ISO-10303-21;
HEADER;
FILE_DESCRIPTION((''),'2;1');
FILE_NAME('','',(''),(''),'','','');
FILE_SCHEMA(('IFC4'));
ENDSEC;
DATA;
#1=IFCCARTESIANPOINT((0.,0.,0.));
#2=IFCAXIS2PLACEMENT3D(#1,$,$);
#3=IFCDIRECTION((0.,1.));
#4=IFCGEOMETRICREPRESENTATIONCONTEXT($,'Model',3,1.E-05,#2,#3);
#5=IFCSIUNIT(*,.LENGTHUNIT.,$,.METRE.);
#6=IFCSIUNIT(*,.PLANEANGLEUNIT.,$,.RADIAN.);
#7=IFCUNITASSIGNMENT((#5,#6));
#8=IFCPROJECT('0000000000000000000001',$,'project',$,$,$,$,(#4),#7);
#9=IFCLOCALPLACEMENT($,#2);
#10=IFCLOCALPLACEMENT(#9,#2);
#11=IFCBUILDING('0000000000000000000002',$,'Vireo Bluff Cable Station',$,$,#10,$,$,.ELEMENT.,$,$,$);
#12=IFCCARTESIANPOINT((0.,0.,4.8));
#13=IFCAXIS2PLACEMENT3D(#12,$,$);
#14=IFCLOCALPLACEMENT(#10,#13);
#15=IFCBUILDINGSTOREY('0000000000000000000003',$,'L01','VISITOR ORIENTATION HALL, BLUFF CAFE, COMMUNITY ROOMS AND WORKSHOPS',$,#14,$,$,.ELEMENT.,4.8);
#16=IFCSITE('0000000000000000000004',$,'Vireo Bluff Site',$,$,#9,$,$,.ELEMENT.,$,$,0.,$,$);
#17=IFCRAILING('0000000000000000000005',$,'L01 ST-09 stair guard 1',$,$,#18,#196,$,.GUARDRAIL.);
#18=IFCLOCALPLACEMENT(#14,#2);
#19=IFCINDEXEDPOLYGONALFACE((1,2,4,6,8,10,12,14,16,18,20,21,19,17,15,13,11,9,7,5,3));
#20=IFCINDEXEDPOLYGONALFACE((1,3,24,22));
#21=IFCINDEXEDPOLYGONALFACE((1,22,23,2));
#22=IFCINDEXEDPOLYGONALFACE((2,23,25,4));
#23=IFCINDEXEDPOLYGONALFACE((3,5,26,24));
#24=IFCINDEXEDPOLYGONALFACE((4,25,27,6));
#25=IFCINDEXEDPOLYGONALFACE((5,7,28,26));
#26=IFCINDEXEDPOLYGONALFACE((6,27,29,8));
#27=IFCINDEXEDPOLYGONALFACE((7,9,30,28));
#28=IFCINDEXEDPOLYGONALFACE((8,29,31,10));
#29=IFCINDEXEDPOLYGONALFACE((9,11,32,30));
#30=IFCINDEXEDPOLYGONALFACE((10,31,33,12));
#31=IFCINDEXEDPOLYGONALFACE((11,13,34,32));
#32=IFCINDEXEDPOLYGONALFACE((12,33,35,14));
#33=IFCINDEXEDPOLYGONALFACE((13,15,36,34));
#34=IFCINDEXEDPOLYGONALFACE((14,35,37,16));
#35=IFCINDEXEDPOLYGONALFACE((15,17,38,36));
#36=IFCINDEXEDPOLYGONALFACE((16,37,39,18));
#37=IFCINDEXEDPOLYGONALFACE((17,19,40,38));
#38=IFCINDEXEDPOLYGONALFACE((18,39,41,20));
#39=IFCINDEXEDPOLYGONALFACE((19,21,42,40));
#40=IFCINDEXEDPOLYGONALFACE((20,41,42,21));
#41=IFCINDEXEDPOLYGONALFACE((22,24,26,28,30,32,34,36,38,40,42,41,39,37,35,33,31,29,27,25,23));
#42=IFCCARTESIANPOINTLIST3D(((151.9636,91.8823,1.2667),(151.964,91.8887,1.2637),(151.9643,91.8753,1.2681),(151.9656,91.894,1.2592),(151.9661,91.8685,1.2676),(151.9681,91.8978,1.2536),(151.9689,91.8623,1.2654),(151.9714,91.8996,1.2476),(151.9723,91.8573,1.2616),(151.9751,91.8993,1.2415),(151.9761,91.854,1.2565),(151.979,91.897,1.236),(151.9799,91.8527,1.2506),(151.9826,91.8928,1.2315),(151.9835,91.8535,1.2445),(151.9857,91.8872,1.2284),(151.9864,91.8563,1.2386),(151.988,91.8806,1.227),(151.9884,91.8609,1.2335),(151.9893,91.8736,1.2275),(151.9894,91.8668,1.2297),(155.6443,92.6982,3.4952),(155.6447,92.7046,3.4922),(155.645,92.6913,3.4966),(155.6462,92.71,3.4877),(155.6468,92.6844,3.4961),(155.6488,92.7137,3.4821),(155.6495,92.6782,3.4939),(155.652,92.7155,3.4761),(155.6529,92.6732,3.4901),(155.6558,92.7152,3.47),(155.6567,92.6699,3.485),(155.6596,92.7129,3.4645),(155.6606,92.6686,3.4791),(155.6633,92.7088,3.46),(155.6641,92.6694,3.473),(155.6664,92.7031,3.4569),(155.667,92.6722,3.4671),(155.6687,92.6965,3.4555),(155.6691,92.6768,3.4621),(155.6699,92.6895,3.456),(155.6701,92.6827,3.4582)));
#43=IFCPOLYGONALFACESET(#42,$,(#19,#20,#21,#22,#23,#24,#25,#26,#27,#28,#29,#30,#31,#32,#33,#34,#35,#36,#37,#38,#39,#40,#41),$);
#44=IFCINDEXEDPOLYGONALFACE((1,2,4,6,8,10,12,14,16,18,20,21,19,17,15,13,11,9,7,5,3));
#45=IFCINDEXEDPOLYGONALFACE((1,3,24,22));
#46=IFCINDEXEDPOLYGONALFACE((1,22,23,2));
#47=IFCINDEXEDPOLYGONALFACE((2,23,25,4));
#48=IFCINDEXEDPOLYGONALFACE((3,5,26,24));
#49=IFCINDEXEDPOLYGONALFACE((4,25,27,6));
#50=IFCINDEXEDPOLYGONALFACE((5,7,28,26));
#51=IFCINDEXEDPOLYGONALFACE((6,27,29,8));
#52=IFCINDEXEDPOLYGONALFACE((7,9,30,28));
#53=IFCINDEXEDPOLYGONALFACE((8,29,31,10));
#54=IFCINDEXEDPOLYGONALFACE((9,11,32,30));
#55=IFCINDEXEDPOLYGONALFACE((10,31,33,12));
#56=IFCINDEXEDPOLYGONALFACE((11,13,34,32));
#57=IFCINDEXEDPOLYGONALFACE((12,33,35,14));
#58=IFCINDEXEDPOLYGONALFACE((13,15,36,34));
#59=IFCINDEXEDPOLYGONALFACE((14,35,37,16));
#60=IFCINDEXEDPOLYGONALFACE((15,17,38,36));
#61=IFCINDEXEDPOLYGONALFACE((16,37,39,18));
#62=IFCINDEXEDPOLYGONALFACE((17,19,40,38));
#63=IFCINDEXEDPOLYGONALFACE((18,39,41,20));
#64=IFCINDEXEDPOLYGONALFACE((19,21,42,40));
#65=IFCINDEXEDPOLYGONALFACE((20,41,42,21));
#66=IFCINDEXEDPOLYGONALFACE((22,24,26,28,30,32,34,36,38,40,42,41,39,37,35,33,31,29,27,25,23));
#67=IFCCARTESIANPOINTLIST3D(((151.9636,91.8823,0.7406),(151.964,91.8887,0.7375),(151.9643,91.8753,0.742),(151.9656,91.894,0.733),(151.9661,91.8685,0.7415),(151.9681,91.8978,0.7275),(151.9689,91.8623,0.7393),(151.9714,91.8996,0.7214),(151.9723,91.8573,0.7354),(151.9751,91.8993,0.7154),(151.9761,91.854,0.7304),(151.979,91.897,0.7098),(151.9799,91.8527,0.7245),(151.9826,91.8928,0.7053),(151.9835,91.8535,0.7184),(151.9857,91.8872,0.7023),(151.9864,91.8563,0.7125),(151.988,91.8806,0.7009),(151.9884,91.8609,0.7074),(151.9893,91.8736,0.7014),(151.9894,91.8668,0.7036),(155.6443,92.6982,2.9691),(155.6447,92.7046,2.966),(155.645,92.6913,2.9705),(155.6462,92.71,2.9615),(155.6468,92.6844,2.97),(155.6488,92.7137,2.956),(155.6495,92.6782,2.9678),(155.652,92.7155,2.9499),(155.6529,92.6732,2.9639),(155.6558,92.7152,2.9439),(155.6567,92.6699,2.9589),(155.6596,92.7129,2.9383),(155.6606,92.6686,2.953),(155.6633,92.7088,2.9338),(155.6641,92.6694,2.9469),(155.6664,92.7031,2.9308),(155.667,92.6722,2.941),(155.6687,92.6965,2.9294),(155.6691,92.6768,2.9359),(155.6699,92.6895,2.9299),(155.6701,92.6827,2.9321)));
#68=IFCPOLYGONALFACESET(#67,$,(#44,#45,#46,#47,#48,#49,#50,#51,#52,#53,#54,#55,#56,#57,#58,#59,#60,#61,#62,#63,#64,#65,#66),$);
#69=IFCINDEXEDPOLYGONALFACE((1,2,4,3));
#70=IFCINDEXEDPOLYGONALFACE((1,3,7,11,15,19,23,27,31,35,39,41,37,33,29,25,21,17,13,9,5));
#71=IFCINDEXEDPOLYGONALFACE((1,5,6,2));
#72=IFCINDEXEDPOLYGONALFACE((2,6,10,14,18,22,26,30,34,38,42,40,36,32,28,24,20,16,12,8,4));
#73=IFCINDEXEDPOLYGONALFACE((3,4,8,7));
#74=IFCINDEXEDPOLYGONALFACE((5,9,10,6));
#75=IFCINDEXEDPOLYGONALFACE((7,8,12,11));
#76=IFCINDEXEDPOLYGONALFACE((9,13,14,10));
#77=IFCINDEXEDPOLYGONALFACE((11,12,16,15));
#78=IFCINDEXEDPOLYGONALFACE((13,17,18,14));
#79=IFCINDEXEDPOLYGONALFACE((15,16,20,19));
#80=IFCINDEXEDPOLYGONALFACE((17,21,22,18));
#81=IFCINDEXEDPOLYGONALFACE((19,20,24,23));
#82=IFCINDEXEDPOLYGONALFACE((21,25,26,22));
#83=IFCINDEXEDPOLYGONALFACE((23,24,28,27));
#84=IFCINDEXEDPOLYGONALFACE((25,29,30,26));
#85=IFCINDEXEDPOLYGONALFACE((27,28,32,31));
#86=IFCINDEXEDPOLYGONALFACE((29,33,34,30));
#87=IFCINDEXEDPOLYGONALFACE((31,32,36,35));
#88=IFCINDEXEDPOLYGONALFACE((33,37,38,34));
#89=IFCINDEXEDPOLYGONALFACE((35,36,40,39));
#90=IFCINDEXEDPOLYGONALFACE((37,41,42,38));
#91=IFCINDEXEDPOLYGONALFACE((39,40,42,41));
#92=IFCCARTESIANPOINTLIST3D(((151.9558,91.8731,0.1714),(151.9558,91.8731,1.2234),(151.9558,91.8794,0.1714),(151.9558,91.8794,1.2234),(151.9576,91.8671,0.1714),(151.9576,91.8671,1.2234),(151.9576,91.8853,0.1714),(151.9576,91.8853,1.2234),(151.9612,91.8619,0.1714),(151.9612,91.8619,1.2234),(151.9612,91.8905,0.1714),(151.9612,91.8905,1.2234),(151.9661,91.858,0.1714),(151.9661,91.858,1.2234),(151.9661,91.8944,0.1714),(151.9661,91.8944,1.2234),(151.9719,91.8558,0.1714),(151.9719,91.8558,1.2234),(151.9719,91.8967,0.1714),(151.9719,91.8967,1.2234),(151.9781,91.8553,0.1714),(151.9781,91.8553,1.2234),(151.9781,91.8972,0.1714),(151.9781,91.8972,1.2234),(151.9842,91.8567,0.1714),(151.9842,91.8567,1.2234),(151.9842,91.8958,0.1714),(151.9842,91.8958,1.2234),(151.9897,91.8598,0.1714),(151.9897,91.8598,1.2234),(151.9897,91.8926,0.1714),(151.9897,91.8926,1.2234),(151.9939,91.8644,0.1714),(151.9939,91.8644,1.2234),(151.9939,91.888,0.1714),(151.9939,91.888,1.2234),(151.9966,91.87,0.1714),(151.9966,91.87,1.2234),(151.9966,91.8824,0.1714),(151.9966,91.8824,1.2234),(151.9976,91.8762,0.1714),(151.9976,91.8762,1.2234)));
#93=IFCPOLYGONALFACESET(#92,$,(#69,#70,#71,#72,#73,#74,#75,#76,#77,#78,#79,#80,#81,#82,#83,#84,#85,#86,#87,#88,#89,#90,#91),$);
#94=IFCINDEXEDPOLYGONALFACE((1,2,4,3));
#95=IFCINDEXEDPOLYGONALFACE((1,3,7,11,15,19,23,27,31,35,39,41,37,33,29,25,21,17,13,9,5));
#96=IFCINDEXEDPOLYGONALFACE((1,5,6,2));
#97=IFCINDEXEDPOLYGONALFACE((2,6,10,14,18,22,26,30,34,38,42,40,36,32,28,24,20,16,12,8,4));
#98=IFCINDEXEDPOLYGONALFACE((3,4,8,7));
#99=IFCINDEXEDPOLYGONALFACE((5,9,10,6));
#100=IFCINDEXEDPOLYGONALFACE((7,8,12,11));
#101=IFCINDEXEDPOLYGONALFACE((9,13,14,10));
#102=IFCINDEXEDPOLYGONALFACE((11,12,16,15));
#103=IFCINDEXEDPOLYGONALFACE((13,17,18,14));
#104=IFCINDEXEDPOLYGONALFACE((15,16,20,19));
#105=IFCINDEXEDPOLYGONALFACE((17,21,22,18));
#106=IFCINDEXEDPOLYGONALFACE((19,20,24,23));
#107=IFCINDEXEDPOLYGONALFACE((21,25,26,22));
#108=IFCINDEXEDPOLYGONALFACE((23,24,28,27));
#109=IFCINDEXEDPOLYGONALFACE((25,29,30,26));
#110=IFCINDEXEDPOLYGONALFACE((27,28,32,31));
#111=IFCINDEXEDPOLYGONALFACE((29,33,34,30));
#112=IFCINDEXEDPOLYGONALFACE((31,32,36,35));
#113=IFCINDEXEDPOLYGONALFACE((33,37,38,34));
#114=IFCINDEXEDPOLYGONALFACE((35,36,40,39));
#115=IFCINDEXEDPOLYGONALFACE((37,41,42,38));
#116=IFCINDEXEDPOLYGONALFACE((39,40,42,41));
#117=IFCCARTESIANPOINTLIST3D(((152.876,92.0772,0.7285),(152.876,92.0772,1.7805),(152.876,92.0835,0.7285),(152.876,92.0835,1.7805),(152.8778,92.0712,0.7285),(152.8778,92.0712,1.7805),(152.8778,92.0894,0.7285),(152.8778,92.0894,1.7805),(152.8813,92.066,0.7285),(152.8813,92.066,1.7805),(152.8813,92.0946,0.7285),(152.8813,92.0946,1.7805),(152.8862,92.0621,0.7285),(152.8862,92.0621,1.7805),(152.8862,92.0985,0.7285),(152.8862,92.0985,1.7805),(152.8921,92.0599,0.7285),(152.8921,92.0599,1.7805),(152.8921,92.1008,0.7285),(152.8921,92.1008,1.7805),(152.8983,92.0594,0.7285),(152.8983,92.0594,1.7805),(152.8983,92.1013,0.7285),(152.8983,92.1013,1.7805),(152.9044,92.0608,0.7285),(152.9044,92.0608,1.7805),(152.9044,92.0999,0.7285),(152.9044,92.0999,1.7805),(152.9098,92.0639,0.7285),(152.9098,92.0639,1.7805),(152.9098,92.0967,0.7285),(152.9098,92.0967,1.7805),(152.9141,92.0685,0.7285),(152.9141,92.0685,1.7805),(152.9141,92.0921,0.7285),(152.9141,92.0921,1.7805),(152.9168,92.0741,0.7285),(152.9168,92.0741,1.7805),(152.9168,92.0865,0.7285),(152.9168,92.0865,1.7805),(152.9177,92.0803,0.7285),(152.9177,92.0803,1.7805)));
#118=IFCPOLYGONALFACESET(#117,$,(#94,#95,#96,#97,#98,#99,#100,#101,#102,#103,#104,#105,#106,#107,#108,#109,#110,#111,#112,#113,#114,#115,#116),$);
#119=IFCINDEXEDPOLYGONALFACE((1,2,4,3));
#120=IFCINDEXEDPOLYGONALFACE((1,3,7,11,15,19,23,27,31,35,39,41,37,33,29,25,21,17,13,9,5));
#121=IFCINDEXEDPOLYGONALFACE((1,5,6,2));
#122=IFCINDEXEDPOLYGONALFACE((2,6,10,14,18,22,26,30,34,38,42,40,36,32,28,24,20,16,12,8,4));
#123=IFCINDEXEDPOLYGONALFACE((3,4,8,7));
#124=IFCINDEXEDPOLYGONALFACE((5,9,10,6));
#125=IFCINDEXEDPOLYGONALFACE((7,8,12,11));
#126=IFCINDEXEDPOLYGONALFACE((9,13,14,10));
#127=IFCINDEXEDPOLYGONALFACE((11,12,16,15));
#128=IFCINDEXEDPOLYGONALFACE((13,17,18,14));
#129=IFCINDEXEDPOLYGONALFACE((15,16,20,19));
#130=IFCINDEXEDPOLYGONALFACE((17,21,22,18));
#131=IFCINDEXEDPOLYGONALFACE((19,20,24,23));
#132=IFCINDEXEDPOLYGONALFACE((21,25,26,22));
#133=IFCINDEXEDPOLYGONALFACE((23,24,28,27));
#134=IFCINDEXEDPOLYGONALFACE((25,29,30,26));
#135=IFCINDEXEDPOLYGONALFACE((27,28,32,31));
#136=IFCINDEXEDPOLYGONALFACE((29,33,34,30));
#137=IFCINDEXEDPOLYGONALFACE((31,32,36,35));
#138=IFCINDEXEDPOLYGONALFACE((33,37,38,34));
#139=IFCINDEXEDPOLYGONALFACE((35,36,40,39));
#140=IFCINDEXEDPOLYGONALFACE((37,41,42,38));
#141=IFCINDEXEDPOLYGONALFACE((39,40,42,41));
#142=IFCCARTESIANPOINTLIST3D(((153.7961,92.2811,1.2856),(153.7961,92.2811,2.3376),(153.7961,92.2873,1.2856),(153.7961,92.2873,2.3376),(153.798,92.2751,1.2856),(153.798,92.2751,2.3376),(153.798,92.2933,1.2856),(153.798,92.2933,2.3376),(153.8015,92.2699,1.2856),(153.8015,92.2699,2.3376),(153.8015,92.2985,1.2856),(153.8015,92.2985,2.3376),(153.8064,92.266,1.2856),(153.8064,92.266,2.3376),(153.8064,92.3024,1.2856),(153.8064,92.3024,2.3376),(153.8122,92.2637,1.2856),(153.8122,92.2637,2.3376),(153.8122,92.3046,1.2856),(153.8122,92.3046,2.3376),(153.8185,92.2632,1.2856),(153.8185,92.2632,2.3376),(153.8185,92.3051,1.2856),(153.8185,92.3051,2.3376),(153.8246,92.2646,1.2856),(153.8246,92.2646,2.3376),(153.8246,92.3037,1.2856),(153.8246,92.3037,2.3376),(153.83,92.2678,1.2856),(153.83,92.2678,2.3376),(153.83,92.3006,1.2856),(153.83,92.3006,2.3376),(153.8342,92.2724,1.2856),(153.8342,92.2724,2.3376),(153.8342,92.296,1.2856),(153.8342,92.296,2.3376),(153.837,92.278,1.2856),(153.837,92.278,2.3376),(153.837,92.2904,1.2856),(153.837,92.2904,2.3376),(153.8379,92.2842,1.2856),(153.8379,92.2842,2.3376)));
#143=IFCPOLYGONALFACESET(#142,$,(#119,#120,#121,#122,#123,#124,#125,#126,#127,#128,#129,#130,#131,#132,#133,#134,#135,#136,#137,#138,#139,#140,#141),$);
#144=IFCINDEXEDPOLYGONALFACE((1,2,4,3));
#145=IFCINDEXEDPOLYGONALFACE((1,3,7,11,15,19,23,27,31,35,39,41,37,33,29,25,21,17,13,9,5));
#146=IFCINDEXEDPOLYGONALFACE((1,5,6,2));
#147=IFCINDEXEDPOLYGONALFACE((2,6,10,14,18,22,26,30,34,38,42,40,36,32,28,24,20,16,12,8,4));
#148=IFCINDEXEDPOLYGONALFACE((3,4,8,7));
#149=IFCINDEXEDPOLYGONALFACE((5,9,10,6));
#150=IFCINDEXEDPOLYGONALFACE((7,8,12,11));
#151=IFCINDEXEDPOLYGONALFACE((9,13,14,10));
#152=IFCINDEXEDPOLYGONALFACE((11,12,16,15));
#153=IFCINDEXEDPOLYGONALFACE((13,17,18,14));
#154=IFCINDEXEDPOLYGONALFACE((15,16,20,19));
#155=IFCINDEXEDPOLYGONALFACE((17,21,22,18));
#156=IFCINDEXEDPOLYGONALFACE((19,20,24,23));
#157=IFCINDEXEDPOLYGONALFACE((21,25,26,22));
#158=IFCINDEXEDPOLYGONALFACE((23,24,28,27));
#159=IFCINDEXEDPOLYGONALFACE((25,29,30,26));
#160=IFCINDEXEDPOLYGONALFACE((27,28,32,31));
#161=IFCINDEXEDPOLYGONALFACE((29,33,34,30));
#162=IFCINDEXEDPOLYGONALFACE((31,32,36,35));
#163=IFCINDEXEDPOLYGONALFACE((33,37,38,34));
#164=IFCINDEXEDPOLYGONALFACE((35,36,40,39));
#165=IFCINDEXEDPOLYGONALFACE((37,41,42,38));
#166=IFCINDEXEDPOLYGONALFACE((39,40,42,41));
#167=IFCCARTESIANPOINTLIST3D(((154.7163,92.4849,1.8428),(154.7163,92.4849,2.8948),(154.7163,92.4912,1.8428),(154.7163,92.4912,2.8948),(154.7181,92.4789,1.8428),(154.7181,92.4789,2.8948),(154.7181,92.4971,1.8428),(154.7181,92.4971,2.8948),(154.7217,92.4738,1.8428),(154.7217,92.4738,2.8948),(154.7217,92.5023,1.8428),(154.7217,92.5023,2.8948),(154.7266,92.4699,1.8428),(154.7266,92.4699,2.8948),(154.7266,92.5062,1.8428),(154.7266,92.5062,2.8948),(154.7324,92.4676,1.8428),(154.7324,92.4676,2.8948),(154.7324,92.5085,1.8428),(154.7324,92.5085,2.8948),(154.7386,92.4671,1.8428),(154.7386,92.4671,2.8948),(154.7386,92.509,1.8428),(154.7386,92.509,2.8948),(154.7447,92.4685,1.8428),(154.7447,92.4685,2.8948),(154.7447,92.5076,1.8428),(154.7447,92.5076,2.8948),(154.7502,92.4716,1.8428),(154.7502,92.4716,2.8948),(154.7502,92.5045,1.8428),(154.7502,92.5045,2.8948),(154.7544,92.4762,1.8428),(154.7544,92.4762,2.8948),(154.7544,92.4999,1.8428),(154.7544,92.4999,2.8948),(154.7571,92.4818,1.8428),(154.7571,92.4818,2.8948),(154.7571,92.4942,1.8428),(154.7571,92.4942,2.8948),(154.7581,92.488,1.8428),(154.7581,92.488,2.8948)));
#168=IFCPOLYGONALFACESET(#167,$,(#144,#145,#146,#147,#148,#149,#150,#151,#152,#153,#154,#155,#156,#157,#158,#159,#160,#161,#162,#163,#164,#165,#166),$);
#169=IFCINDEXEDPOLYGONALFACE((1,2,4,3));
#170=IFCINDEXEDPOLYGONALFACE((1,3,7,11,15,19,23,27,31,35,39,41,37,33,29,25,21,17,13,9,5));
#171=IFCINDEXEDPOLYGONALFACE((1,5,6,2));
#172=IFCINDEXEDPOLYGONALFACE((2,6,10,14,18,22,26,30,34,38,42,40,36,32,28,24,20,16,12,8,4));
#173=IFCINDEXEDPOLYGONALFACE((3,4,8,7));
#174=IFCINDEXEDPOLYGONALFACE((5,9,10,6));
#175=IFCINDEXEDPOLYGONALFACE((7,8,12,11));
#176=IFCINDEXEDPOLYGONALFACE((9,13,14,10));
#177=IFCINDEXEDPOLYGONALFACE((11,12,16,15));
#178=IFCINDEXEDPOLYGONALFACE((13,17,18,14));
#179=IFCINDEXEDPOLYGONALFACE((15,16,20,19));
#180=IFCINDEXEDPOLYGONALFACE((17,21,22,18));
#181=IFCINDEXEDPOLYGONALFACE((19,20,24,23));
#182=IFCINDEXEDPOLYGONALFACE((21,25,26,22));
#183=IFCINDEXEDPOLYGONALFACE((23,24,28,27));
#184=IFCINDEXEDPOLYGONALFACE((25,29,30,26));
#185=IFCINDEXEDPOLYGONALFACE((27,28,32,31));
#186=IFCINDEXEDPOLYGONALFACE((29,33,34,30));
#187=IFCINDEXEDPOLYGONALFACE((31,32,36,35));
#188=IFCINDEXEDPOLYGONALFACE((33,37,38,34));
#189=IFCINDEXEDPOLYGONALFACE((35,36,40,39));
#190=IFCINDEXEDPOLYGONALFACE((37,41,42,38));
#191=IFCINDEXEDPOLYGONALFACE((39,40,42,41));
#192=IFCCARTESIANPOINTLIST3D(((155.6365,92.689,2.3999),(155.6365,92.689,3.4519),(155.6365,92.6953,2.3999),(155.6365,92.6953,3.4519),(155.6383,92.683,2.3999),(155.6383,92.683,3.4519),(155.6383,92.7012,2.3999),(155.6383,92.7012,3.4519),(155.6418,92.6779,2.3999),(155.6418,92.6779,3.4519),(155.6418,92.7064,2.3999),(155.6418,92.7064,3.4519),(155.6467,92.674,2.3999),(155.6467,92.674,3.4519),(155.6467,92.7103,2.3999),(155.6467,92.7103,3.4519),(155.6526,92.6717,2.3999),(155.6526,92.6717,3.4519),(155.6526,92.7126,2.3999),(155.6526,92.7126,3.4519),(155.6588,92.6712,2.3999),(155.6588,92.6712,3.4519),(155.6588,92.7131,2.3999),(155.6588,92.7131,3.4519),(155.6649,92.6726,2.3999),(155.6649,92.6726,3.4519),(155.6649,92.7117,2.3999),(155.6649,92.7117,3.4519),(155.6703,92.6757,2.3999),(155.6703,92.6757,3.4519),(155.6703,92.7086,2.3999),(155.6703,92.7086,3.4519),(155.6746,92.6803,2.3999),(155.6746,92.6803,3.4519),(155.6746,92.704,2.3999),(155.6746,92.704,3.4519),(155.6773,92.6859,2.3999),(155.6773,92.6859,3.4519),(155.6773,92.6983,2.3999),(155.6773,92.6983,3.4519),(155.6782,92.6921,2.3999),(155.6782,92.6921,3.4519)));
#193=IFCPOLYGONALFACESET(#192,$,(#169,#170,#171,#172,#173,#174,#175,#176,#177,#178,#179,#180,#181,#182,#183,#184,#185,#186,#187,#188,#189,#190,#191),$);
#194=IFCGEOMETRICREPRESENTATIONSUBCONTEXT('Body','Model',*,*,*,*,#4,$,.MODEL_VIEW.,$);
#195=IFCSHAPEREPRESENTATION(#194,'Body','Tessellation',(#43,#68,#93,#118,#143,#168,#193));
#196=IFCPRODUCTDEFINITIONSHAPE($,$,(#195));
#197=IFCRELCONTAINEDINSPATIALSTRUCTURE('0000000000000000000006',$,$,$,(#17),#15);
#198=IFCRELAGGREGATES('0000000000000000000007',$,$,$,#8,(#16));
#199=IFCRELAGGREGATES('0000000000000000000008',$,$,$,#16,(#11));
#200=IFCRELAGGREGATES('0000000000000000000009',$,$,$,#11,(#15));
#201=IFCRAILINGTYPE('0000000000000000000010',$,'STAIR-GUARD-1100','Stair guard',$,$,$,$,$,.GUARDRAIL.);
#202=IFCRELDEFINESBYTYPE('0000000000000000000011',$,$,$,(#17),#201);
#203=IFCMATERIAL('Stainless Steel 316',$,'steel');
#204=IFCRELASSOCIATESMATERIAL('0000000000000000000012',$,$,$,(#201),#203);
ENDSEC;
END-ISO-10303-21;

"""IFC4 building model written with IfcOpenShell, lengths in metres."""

from ifc_helpers import new_model, si_unit, direction, frame, origin, origin_2d, place, context, subcontext, project, spatial, circle, extrude, material, type_object, element, save


model = new_model("IFC4")

# Units and contexts
model_context = context("Model", 3, precision=1e-05, world=origin(), true_north=direction((0.0, 1.0)))
body_context = subcontext(model_context, "Body", "Model", "MODEL_VIEW")
ifc_project = project(units=[si_unit("LENGTHUNIT", "METRE"), si_unit("PLANEANGLEUNIT", "RADIAN")], contexts=[model_context])

# Site, building, storey
site_placement = place(None, origin())
site = spatial("IfcSite", under=ifc_project, at=site_placement, Name="Vireo Bluff Site", CompositionType="ELEMENT", RefElevation=0.0)
building_placement = place(site_placement, origin())
building = spatial("IfcBuilding", under=site, at=building_placement, Name="Vireo Bluff Cable Station", CompositionType="ELEMENT")
storey_placement = place(building_placement, frame((0.0, 0.0, 4.8)))
storey = spatial("IfcBuildingStorey", under=building, at=storey_placement, Name="L01", Description="VISITOR ORIENTATION HALL, BLUFF CAFE, COMMUNITY ROOMS AND WORKSHOPS", CompositionType="ELEMENT", Elevation=4.8)

# Railing
ifc_material_1 = material(Name="Stainless Steel 316", Category="steel")
railing_type_1 = type_object("IfcRailingType", Name="STAIR-GUARD-1100", Description="Stair guard", PredefinedType="GUARDRAIL", material=ifc_material_1)
railing_1_placement = place(storey_placement, frame((151.9766, 91.8762, 0.1714)))
element("IfcRailing", 1, at=railing_1_placement, inside=storey, type_object=railing_type_1, Name="L01 ST-09 stair guard 1", PredefinedType="GUARDRAIL", context=body_context, shape_type="SweptSolid", body=[
    extrude(circle(Radius=0.0239, at=origin_2d()), frame((0.0, 0.0, 1.0762), z_axis=(0.840446, 0.186307, 0.508861), x_axis=(-0.216423, 0.9763, 0.0)), (0.0, 0.0, 1.0), 4.3794),
    extrude(circle(Radius=0.0239, at=origin_2d()), frame((0.0, 0.0, 0.55), z_axis=(0.840446, 0.186307, 0.508861), x_axis=(-0.216423, 0.9763, 0.0)), (0.0, 0.0, 1.0), 4.3794),
    extrude(circle(Radius=0.021, at=origin_2d()), origin(), (0.0, 0.0, 1.0), 1.052),
    extrude(circle(Radius=0.021, at=origin_2d()), frame((0.9202, 0.2041, 0.5571)), (0.0, 0.0, 1.0), 1.052),
    extrude(circle(Radius=0.021, at=origin_2d()), frame((1.8403, 0.408, 1.1143)), (0.0, 0.0, 1.0), 1.052),
    extrude(circle(Radius=0.021, at=origin_2d()), frame((2.7605, 0.6118, 1.6714)), (0.0, 0.0, 1.0), 1.052),
    extrude(circle(Radius=0.021, at=origin_2d()), frame((3.6807, 0.8159, 2.2285)), (0.0, 0.0, 1.0), 1.052),
])

save(model, "model.ifc")
